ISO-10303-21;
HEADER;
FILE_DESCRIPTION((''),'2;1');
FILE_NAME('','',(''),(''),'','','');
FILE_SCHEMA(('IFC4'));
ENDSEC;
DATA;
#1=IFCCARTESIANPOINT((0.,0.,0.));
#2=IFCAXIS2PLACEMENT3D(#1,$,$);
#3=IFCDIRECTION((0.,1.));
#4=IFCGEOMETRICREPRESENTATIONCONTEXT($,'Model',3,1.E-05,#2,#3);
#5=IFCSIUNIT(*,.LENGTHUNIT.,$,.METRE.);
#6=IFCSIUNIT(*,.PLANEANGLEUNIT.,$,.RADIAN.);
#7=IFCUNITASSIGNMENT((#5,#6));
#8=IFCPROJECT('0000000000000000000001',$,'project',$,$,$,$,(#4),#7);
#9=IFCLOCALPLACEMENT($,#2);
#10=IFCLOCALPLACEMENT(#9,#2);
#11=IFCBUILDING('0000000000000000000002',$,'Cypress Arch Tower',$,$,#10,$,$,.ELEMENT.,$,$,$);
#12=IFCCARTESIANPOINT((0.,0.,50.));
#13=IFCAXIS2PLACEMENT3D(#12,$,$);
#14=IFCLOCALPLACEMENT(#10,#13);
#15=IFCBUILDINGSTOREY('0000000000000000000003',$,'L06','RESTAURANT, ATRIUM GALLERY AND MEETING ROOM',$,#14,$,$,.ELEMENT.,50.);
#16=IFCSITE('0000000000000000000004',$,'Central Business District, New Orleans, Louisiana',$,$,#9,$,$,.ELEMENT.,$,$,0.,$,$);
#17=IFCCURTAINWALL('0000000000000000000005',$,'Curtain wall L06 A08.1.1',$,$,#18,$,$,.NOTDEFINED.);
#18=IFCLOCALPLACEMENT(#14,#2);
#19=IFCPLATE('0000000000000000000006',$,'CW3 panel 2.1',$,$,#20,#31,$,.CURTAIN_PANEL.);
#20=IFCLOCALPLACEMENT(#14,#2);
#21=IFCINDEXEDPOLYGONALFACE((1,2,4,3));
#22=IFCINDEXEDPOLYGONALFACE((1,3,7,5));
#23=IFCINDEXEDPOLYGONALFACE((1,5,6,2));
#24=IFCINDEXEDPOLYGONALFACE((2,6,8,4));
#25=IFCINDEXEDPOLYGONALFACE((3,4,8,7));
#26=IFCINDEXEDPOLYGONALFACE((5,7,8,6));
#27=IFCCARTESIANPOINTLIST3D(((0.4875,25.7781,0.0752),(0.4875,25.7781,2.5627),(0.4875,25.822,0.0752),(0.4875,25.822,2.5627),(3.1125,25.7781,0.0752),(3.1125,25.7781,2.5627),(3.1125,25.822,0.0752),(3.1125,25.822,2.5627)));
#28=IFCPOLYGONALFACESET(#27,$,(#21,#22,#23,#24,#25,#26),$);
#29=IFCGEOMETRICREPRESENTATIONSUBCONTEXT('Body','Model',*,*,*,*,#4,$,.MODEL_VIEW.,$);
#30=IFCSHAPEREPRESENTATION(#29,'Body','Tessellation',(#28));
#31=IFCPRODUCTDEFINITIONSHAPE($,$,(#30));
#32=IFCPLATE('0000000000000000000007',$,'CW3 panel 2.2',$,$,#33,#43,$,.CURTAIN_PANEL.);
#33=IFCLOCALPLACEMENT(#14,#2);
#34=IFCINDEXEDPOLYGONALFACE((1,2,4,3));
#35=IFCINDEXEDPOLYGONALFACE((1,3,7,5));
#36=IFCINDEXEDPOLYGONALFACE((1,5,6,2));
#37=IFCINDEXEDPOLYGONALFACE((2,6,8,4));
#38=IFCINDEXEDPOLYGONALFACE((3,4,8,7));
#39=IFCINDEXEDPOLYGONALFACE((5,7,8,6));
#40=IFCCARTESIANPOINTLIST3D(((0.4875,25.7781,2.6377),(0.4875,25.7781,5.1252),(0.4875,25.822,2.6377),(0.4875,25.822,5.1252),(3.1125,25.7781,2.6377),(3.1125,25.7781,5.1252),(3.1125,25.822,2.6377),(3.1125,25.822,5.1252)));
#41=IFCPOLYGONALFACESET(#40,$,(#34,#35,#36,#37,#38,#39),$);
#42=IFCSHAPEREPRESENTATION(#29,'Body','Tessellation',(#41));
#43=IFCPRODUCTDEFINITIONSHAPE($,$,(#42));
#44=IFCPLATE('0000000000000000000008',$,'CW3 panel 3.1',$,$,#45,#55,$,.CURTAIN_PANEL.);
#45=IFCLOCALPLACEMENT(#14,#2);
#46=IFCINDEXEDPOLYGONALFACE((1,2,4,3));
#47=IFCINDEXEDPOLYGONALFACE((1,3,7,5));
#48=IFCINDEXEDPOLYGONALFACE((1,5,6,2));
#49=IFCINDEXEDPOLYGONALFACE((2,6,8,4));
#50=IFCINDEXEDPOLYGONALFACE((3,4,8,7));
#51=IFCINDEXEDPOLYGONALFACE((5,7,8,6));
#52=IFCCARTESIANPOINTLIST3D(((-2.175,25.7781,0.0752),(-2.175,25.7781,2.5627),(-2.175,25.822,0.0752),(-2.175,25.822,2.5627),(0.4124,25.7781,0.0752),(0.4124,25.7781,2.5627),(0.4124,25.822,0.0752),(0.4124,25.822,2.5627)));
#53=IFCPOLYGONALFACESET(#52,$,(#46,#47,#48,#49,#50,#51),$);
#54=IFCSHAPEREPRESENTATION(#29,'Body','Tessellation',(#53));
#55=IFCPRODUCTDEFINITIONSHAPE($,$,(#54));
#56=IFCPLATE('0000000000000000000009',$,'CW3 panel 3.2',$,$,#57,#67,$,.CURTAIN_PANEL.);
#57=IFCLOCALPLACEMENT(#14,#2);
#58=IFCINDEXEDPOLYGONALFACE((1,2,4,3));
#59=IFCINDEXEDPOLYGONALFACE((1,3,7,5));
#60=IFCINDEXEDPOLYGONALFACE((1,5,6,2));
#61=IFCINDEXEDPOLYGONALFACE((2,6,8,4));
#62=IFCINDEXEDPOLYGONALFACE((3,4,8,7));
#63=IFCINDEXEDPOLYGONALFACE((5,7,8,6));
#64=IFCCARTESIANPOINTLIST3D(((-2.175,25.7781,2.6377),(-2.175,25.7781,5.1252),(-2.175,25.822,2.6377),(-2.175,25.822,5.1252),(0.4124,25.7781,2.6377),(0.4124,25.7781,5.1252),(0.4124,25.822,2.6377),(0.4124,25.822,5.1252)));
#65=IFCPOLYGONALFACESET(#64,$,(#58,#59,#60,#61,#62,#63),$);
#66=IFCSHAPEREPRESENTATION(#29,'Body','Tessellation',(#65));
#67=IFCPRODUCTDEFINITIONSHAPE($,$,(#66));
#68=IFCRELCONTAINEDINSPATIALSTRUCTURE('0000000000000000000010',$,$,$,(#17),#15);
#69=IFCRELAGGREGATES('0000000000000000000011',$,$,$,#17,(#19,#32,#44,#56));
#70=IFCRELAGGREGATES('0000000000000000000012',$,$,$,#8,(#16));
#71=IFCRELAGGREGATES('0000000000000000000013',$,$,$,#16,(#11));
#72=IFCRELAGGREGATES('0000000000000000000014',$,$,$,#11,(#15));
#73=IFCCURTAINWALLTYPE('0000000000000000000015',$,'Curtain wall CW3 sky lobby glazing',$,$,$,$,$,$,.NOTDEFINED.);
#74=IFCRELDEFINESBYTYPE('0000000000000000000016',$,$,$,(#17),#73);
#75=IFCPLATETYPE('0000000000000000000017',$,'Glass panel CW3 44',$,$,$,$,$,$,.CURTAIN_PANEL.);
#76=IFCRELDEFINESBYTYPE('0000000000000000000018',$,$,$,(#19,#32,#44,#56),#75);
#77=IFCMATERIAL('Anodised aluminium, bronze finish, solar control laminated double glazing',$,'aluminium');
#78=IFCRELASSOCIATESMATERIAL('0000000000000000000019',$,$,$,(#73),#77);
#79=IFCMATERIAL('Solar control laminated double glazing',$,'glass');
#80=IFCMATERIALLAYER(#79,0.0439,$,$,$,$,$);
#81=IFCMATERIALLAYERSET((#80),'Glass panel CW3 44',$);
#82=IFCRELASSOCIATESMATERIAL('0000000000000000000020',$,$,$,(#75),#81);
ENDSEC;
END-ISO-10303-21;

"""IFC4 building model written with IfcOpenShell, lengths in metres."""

from ifc_helpers import new_model, si_unit, direction, frame, origin, origin_2d, place, context, subcontext, project, spatial, rectangle, extrude, material, layer, layer_set, type_object, element, aggregate, save


model = new_model("IFC4")

# Units and contexts
model_context = context("Model", 3, precision=1e-05, world=origin(), true_north=direction((0.0, 1.0)))
body_context = subcontext(model_context, "Body", "Model", "MODEL_VIEW")
ifc_project = project(units=[si_unit("LENGTHUNIT", "METRE"), si_unit("PLANEANGLEUNIT", "RADIAN")], contexts=[model_context])

# Site, building, storey
site_placement = place(None, origin())
site = spatial("IfcSite", under=ifc_project, at=site_placement, Name="Central Business District, New Orleans, Louisiana", CompositionType="ELEMENT", RefElevation=0.0)
building_placement = place(site_placement, origin())
building = spatial("IfcBuilding", under=site, at=building_placement, Name="Cypress Arch Tower", CompositionType="ELEMENT")
storey_placement = place(building_placement, frame((0.0, 0.0, 50.0)))
storey = spatial("IfcBuildingStorey", under=building, at=storey_placement, Name="L06", Description="RESTAURANT, ATRIUM GALLERY AND MEETING ROOM", CompositionType="ELEMENT", Elevation=50.0)

# Curtain wall
ifc_material_1 = material(Name="Anodised aluminium, bronze finish, solar control laminated double glazing", Category="aluminium")
curtain_wall_type = type_object("IfcCurtainWallType", Name="Curtain wall CW3 sky lobby glazing", PredefinedType="NOTDEFINED", material=ifc_material_1)
curtain_wall_1_placement = place(storey_placement, origin())
curtain_wall_1 = element("IfcCurtainWall", 1, at=curtain_wall_1_placement, inside=storey, type_object=curtain_wall_type, Name="Curtain wall L06 A08.1.1", PredefinedType="NOTDEFINED")

# Plates
ifc_material_2 = material(Name="Solar control laminated double glazing", Category="glass")
ifc_layer = layer(ifc_material_2, 0.0439)
ifc_layer_set = layer_set([ifc_layer], Name="Glass panel CW3 44")
plate_type = type_object("IfcPlateType", Name="Glass panel CW3 44", PredefinedType="CURTAIN_PANEL", material=ifc_layer_set)
plate_1_placement = place(storey_placement, frame((1.8, 25.8, 0.0752), z_axis=(0.0, 0.0, 1.0), x_axis=(-1.0, 0.0, 0.0)))
plate_1 = element("IfcPlate", 2, at=plate_1_placement, type_object=plate_type, Name="CW3 panel 2.1", PredefinedType="CURTAIN_PANEL", context=body_context, shape_type="SweptSolid", body=[
    extrude(rectangle(XDim=2.625, YDim=0.0439, at=origin_2d()), origin(), (0.0, 0.0, 1.0), 2.4875),
])
plate_2_placement = place(storey_placement, frame((1.8, 25.8, 2.6377), z_axis=(0.0, 0.0, 1.0), x_axis=(-1.0, 0.0, 0.0)))
plate_2 = element("IfcPlate", 3, at=plate_2_placement, type_object=plate_type, Name="CW3 panel 2.2", PredefinedType="CURTAIN_PANEL", context=body_context, shape_type="SweptSolid", body=[
    extrude(rectangle(XDim=2.625, YDim=0.0439, at=origin_2d()), origin(), (0.0, 0.0, 1.0), 2.4875),
])
plate_3_placement = place(storey_placement, frame((-0.8813, 25.8, 0.0752), z_axis=(0.0, 0.0, 1.0), x_axis=(-1.0, 0.0, 0.0)))
plate_3 = element("IfcPlate", 4, at=plate_3_placement, type_object=plate_type, Name="CW3 panel 3.1", PredefinedType="CURTAIN_PANEL", context=body_context, shape_type="SweptSolid", body=[
    extrude(rectangle(XDim=2.5874, YDim=0.0439, at=origin_2d()), origin(), (0.0, 0.0, 1.0), 2.4875),
])
plate_4_placement = place(storey_placement, frame((-0.8813, 25.8, 2.6377), z_axis=(0.0, 0.0, 1.0), x_axis=(-1.0, 0.0, 0.0)))
plate_4 = element("IfcPlate", 5, at=plate_4_placement, type_object=plate_type, Name="CW3 panel 3.2", PredefinedType="CURTAIN_PANEL", context=body_context, shape_type="SweptSolid", body=[
    extrude(rectangle(XDim=2.5874, YDim=0.0439, at=origin_2d()), origin(), (0.0, 0.0, 1.0), 2.4875),
])
aggregate(curtain_wall_1, [plate_1, plate_2, plate_3, plate_4])

save(model, "model.ifc")
